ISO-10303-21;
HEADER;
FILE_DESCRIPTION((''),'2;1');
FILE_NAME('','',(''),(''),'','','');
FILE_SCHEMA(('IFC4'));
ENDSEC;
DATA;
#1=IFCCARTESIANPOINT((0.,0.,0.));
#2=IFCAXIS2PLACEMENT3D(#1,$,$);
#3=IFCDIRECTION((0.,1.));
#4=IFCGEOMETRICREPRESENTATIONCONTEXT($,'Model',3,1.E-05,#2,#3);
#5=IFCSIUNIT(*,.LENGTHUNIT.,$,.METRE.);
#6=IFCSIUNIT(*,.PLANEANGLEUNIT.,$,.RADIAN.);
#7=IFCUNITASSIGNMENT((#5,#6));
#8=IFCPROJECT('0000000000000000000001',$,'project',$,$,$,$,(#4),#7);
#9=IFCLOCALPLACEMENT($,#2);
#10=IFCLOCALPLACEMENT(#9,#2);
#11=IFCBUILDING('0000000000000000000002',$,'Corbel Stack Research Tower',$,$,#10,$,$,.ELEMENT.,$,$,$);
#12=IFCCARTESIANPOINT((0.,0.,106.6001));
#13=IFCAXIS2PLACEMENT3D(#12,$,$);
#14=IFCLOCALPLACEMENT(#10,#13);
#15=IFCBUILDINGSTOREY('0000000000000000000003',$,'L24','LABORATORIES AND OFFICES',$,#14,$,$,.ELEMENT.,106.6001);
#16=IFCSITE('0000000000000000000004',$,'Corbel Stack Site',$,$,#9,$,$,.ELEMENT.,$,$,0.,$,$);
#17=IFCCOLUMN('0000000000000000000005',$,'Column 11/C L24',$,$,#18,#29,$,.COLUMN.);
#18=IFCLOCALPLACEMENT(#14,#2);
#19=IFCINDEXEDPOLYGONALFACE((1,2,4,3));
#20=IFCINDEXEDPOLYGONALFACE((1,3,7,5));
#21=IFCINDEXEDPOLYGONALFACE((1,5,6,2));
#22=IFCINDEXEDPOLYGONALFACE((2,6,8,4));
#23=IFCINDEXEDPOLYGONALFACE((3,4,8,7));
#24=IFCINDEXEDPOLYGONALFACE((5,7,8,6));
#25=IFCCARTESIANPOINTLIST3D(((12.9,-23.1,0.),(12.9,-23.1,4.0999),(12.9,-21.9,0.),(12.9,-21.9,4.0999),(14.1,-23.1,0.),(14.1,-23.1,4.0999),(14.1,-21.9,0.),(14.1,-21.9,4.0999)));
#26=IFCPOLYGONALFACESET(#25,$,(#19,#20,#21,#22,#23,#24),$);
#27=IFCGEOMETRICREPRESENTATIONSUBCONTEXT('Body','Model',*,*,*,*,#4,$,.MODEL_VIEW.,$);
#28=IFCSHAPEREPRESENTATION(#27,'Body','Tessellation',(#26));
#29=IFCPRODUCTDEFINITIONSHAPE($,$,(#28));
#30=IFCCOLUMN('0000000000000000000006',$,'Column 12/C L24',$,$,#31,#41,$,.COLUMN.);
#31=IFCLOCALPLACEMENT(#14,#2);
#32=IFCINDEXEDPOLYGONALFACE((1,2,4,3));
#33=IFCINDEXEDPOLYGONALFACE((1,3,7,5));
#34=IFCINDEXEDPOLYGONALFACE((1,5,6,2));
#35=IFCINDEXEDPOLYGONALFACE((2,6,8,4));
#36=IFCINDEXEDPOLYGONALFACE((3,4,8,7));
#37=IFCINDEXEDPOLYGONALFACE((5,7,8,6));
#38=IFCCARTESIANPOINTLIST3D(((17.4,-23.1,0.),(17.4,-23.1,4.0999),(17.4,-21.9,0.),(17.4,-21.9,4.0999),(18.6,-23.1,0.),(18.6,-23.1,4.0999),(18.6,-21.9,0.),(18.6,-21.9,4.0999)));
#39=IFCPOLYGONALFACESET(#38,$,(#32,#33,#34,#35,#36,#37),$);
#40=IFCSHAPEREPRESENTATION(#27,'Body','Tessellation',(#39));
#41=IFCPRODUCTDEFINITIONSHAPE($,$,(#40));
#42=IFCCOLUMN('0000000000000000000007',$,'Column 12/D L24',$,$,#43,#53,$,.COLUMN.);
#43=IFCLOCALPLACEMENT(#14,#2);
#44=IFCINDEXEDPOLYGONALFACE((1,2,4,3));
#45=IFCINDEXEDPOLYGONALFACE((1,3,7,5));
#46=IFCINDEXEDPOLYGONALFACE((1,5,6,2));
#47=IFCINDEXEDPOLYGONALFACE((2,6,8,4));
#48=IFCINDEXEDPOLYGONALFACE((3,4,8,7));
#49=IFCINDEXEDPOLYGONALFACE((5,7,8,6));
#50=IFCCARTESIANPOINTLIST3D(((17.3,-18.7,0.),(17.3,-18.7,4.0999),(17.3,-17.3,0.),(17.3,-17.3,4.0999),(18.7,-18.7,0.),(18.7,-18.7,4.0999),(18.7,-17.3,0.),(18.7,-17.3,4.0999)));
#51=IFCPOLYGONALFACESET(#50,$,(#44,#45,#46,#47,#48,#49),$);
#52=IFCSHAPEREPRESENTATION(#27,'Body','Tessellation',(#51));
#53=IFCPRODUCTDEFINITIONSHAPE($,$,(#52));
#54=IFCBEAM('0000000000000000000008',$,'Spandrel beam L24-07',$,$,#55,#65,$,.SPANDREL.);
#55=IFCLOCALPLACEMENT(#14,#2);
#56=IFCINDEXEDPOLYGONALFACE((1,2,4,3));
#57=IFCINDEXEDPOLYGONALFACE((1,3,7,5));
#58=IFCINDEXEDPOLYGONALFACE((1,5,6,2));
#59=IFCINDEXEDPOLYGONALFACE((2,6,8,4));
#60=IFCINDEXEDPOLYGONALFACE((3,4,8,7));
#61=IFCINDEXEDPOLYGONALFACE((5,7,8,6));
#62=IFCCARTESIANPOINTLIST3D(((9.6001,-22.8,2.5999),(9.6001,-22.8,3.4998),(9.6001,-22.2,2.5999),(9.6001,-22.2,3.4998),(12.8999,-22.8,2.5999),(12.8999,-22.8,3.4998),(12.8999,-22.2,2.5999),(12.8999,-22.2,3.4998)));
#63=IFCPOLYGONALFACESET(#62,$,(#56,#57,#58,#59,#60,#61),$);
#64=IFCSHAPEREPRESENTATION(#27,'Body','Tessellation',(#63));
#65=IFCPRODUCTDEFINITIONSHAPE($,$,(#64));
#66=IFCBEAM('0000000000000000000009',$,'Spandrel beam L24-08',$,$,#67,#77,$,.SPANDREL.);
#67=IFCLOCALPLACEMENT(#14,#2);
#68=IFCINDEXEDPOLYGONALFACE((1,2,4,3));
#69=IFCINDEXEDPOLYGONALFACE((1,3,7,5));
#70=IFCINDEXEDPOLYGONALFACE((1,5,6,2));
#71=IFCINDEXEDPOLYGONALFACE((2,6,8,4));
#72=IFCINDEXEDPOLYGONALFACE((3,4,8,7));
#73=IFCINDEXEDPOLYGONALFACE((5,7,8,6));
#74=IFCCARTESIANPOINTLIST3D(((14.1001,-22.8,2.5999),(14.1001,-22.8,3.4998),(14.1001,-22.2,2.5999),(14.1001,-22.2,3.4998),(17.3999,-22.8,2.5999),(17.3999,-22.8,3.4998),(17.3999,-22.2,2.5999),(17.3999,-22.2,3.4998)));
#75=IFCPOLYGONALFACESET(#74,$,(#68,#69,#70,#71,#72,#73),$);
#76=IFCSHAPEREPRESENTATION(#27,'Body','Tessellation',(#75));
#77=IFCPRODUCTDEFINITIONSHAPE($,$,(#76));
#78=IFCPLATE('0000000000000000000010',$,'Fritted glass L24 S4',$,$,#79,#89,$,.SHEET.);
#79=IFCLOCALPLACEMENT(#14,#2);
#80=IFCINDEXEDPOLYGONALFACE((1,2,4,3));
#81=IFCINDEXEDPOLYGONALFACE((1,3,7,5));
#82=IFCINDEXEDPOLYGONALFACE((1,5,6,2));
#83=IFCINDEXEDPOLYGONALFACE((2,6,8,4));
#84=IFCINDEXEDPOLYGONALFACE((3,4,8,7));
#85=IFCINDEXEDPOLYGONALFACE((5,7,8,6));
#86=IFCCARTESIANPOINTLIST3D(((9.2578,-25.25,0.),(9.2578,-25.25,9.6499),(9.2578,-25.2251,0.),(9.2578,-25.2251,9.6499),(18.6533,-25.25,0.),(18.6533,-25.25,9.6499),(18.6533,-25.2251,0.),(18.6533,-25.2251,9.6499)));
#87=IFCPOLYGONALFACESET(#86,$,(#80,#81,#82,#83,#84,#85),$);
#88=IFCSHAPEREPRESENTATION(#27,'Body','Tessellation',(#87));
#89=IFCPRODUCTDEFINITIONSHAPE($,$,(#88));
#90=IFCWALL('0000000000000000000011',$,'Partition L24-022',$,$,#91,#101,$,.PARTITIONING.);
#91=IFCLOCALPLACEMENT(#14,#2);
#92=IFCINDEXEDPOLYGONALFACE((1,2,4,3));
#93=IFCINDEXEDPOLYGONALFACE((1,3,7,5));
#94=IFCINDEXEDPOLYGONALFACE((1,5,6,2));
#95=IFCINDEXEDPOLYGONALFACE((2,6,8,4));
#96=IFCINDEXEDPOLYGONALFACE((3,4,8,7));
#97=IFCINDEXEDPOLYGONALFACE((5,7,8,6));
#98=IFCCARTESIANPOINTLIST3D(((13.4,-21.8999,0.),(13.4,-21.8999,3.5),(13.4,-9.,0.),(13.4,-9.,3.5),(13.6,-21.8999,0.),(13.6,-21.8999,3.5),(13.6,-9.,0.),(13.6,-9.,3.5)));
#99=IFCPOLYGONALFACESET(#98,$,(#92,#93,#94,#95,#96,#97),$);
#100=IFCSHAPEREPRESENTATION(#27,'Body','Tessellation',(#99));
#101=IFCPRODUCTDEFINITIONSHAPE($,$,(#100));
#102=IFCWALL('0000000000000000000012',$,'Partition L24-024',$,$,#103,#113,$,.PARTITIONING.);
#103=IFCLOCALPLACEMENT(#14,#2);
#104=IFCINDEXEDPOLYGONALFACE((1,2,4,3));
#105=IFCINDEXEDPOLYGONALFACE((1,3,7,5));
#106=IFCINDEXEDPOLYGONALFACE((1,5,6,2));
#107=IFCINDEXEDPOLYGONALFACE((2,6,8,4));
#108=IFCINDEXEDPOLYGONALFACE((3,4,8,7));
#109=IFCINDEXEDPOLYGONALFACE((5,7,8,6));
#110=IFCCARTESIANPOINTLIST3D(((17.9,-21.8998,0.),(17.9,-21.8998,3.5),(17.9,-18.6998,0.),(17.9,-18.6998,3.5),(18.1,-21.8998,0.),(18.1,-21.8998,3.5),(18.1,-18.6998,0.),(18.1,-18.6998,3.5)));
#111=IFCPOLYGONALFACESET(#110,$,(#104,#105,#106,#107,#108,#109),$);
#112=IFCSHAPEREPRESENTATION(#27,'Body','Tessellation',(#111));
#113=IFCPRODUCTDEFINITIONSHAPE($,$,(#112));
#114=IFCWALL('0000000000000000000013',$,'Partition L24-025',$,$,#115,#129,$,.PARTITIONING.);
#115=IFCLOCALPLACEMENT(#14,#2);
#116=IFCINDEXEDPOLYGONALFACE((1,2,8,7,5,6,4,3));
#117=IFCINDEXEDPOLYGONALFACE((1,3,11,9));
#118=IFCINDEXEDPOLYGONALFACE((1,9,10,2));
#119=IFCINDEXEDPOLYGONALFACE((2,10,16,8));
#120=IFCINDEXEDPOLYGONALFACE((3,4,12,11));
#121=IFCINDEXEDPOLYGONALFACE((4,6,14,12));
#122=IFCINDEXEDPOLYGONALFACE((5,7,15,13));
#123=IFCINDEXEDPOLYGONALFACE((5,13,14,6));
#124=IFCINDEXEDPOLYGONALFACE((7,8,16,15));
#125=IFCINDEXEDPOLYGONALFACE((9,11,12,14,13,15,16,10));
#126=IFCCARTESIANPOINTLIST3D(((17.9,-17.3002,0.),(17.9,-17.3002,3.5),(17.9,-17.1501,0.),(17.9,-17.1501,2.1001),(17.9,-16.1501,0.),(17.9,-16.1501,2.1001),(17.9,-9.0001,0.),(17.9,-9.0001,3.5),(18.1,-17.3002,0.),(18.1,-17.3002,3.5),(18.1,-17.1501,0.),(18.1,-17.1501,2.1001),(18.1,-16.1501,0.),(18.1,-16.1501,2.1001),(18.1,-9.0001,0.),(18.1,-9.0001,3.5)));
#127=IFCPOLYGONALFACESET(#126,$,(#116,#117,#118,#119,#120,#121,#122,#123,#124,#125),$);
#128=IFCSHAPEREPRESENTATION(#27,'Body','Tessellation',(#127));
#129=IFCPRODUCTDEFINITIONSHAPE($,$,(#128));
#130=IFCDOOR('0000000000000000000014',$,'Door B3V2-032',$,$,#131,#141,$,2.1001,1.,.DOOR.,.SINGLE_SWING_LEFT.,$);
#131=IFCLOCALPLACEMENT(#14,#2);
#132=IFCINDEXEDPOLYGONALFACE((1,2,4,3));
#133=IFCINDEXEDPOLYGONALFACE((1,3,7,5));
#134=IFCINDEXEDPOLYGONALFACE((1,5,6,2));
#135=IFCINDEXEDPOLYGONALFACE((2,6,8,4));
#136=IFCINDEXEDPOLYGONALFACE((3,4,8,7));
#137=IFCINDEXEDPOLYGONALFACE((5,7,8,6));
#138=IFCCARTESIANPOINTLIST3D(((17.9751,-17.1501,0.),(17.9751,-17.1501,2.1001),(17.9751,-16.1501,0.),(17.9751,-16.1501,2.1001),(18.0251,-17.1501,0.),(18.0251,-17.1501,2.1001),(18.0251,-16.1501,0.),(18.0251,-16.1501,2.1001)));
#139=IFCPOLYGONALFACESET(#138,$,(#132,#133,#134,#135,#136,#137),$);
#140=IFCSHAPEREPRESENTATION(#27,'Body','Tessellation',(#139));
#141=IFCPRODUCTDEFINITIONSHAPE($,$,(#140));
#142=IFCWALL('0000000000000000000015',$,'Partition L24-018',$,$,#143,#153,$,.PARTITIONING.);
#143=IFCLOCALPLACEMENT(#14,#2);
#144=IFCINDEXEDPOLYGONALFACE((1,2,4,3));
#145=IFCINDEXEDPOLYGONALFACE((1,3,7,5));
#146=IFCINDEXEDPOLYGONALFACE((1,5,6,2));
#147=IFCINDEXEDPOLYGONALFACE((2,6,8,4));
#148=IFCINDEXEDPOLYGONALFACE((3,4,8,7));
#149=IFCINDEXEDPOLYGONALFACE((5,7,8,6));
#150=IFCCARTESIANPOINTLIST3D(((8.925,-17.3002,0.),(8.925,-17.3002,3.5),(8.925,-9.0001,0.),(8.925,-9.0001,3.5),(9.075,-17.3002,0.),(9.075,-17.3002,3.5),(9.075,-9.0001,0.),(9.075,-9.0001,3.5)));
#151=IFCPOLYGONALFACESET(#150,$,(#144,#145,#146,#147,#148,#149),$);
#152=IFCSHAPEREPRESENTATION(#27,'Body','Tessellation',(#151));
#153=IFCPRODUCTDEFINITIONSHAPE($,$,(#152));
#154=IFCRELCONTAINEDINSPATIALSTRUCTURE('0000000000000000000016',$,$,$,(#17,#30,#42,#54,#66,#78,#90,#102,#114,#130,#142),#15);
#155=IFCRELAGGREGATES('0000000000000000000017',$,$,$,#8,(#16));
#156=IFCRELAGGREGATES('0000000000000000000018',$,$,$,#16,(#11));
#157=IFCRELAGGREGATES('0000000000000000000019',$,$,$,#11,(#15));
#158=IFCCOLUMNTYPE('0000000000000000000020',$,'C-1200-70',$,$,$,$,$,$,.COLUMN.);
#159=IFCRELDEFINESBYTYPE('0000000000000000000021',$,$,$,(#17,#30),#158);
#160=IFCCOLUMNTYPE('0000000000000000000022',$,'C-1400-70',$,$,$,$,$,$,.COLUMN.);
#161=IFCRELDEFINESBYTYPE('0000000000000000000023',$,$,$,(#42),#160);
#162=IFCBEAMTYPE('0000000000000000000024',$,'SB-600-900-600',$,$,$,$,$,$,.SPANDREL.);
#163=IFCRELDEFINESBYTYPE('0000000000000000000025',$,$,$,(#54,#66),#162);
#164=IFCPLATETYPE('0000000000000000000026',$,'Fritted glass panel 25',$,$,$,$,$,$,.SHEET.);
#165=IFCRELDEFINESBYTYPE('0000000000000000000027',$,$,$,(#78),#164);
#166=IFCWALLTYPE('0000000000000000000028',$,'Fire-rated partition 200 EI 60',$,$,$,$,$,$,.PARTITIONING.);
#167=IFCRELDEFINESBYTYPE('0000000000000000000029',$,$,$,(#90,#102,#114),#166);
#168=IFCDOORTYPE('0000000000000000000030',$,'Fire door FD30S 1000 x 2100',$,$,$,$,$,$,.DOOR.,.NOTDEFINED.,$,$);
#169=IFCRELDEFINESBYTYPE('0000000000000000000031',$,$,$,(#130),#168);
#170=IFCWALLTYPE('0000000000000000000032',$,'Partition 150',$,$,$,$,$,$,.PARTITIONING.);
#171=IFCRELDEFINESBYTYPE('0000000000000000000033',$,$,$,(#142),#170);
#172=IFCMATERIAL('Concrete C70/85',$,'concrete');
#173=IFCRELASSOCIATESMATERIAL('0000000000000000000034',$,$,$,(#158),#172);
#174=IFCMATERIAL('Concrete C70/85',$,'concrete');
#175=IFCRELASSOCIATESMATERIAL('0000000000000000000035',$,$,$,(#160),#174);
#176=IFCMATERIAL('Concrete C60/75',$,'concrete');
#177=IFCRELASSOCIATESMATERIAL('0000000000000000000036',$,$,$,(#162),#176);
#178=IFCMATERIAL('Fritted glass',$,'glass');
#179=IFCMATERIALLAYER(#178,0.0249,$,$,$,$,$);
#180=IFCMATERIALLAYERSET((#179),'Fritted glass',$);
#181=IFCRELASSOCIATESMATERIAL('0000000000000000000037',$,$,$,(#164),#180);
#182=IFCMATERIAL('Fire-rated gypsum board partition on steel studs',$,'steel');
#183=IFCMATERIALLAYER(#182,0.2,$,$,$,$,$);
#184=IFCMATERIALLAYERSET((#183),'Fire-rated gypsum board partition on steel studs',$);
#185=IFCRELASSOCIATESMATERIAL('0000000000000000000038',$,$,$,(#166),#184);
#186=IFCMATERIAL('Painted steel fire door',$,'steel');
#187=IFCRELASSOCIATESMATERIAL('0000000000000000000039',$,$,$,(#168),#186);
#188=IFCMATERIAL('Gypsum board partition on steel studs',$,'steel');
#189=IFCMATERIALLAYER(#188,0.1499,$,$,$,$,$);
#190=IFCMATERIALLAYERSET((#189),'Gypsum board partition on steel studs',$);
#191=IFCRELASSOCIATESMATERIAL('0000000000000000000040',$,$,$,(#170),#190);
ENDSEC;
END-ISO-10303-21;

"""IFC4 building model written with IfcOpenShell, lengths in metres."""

from ifc_helpers import new_model, si_unit, direction, frame, frame_2d, origin, origin_2d, place, context, subcontext, project, spatial, rectangle, extrude, material, layer, layer_set, material_profile, profile_set, type_object, element, fill, save


model = new_model("IFC4")

# Units and contexts
model_context = context("Model", 3, precision=1e-05, world=origin(), true_north=direction((0.0, 1.0)))
body_context = subcontext(model_context, "Body", "Model", "MODEL_VIEW")
ifc_project = project(units=[si_unit("LENGTHUNIT", "METRE"), si_unit("PLANEANGLEUNIT", "RADIAN")], contexts=[model_context])

# Site, building, storey
site_placement = place(None, origin())
site = spatial("IfcSite", under=ifc_project, at=site_placement, Name="Corbel Stack Site", CompositionType="ELEMENT", RefElevation=0.0)
building_placement = place(site_placement, origin())
building = spatial("IfcBuilding", under=site, at=building_placement, Name="Corbel Stack Research Tower", CompositionType="ELEMENT")
storey_placement = place(building_placement, frame((0.0, 0.0, 106.6001)))
storey = spatial("IfcBuildingStorey", under=building, at=storey_placement, Name="L24", Description="LABORATORIES AND OFFICES", CompositionType="ELEMENT", Elevation=106.6001)

# Columns
ifc_material_1 = material(Name="Concrete C70/85", Category="concrete")
ifc_material_profile_1 = material_profile(ifc_material_1, rectangle(XDim=1.2, YDim=1.2, at=origin_2d()), Name="RC 1200 x 1200")
ifc_profile_set_1 = profile_set([ifc_material_profile_1], Name="Concrete C70/85")
column_type_1 = type_object("IfcColumnType", Name="C-1200-70", PredefinedType="COLUMN", material=ifc_profile_set_1)
for number, where, z_axis, x_axis, name in (
    (1, (13.5, -22.5, 0.0), (0.0, 0.0, 1.0), (1.0, 0.0, 0.0), "Column 11/C L24"),
    (2, (18.0, -22.5, 0.0), (0.0, 0.0, 1.0), (1.0, 0.0, 0.0), "Column 12/C L24"),
):
    element("IfcColumn", number, at=place(storey_placement, frame(where, z_axis=z_axis, x_axis=x_axis)), inside=storey, type_object=column_type_1, Name=name, PredefinedType="COLUMN", context=body_context, shape_type="SweptSolid", body=[
        extrude(rectangle(XDim=1.2, YDim=1.2, at=origin_2d()), origin(), (0.0, 0.0, 1.0), 4.0999),
    ])
ifc_material_2 = material(Name="Concrete C70/85", Category="concrete")
ifc_material_profile_2 = material_profile(ifc_material_2, rectangle(XDim=1.3999, YDim=1.3999, at=origin_2d()), Name="RC 1400 x 1400")
ifc_profile_set_2 = profile_set([ifc_material_profile_2], Name="Concrete C70/85")
column_type_2 = type_object("IfcColumnType", Name="C-1400-70", PredefinedType="COLUMN", material=ifc_profile_set_2)
column_placement = place(storey_placement, frame((18.0, -18.0, 0.0), z_axis=(0.0, 0.0, 1.0), x_axis=(1.0, 0.0, 0.0)))
element("IfcColumn", 3, at=column_placement, inside=storey, type_object=column_type_2, Name="Column 12/D L24", PredefinedType="COLUMN", context=body_context, shape_type="SweptSolid", body=[
    extrude(rectangle(XDim=1.3999, YDim=1.3999, at=origin_2d()), origin(), (0.0, 0.0, 1.0), 4.0999),
])

# Beams
ifc_material_3 = material(Name="Concrete C60/75", Category="concrete")
ifc_material_profile_3 = material_profile(ifc_material_3, rectangle(XDim=0.6001, YDim=0.8999, at=origin_2d()), Name="RC 600 x 900")
ifc_profile_set_3 = profile_set([ifc_material_profile_3], Name="Concrete C60/75")
beam_type = type_object("IfcBeamType", Name="SB-600-900-600", PredefinedType="SPANDREL", material=ifc_profile_set_3)
for number, where, z_axis, x_axis, name in (
    (4, (9.6001, -22.5, 3.0498), (1.0, 0.0, 0.0), (0.0, 1.0, 0.0), "Spandrel beam L24-07"),
    (5, (14.1001, -22.5, 3.0498), (1.0, 0.0, 0.0), (0.0, 1.0, 0.0), "Spandrel beam L24-08"),
):
    element("IfcBeam", number, at=place(storey_placement, frame(where, z_axis=z_axis, x_axis=x_axis)), inside=storey, type_object=beam_type, Name=name, PredefinedType="SPANDREL", context=body_context, shape_type="SweptSolid", body=[
        extrude(rectangle(XDim=0.6001, YDim=0.8999, at=origin_2d()), origin(), (0.0, 0.0, 1.0), 3.2998),
    ])

# Plate
ifc_material_4 = material(Name="Fritted glass", Category="glass")
ifc_layer_1 = layer(ifc_material_4, 0.0249)
ifc_layer_set_1 = layer_set([ifc_layer_1], Name="Fritted glass")
plate_type = type_object("IfcPlateType", Name="Fritted glass panel 25", PredefinedType="SHEET", material=ifc_layer_set_1)
plate_placement = place(storey_placement, frame((13.9556, -25.2375, 0.0), z_axis=(0.0, 0.0, 1.0), x_axis=(1.0, 0.0, 0.0)))
element("IfcPlate", 6, at=plate_placement, inside=storey, type_object=plate_type, Name="Fritted glass L24 S4", PredefinedType="SHEET", context=body_context, shape_type="SweptSolid", body=[
    extrude(rectangle(XDim=9.3955, YDim=0.0249, at=origin_2d()), origin(), (0.0, 0.0, 1.0), 9.6499),
])

# Walls
ifc_material_5 = material(Name="Fire-rated gypsum board partition on steel studs", Category="steel")
ifc_layer_2 = layer(ifc_material_5, 0.2)
ifc_layer_set_2 = layer_set([ifc_layer_2], Name="Fire-rated gypsum board partition on steel studs")
wall_type_1 = type_object("IfcWallType", Name="Fire-rated partition 200 EI 60", PredefinedType="PARTITIONING", material=ifc_layer_set_2)
wall_1_placement = place(storey_placement, frame((13.5, -21.8999, 0.0), z_axis=(0.0, 0.0, 1.0), x_axis=(0.0, 1.0, 0.0)))
element("IfcWall", 7, at=wall_1_placement, inside=storey, type_object=wall_type_1, Name="Partition L24-022", PredefinedType="PARTITIONING", context=body_context, shape_type="SweptSolid", body=[
    extrude(rectangle(XDim=12.8999, YDim=0.2, at=frame_2d((6.45, 0.0))), origin(), (0.0, 0.0, 1.0), 3.5),
])
wall_2_placement = place(storey_placement, frame((18.0, -21.8999, 0.0), z_axis=(0.0, 0.0, 1.0), x_axis=(0.0, 1.0, 0.0)))
element("IfcWall", 8, at=wall_2_placement, inside=storey, type_object=wall_type_1, Name="Partition L24-024", PredefinedType="PARTITIONING", context=body_context, shape_type="SweptSolid", body=[
    extrude(rectangle(XDim=3.2, YDim=0.2, at=frame_2d((1.6001, 0.0))), origin(), (0.0, 0.0, 1.0), 3.5),
])

# Wall, opening, door
wall_3_placement = place(storey_placement, frame((18.0, -17.3, 0.0), z_axis=(0.0, 0.0, 1.0), x_axis=(0.0, 1.0, 0.0)))
wall_3 = element("IfcWall", 9, at=wall_3_placement, inside=storey, type_object=wall_type_1, Name="Partition L24-025", PredefinedType="PARTITIONING", context=body_context, shape_type="SweptSolid", body=[
    extrude(rectangle(XDim=8.3, YDim=0.2, at=frame_2d((4.1499, 0.0))), origin(), (0.0, 0.0, 1.0), 3.5),
])
opening_1_placement = place(wall_3_placement, frame((0.1499, 0.0, 0.0)))
opening_1 = element("IfcOpeningElement", 10, at=opening_1_placement, cuts=wall_3, PredefinedType="OPENING", context=body_context, shape_type="SweptSolid", body=[
    extrude(rectangle(XDim=1.0, YDim=2.1001, at=frame_2d((0.5, 1.05))), frame((0.0, 0.1099, 0.0), z_axis=(0.0, -1.0, 0.0), x_axis=(1.0, 0.0, 0.0)), (0.0, 0.0, 1.0), 0.22),
])
ifc_material_6 = material(Name="Painted steel fire door", Category="steel")
door_type = type_object("IfcDoorType", Name="Fire door FD30S 1000 x 2100", OperationType="NOTDEFINED", PredefinedType="DOOR", material=ifc_material_6)
door_placement = place(opening_1_placement, origin())
door = element("IfcDoor", 11, at=door_placement, inside=storey, type_object=door_type, Name="Door B3V2-032", OperationType="SINGLE_SWING_LEFT", OverallHeight=2.1001, OverallWidth=1.0, PredefinedType="DOOR", context=body_context, shape_type="SweptSolid", body=[
    extrude(rectangle(XDim=1.0, YDim=2.1001, at=frame_2d((0.5, 1.05))), frame((0.0, 0.0249, 0.0), z_axis=(0.0, -1.0, 0.0), x_axis=(1.0, 0.0, 0.0)), (0.0, 0.0, 1.0), 0.05),
])
fill(opening_1, door)

# Wall
ifc_material_7 = material(Name="Gypsum board partition on steel studs", Category="steel")
ifc_layer_3 = layer(ifc_material_7, 0.1499)
ifc_layer_set_3 = layer_set([ifc_layer_3], Name="Gypsum board partition on steel studs")
wall_type_2 = type_object("IfcWallType", Name="Partition 150", PredefinedType="PARTITIONING", material=ifc_layer_set_3)
wall_4_placement = place(storey_placement, frame((9.0, -17.3, 0.0), z_axis=(0.0, 0.0, 1.0), x_axis=(0.0, 1.0, 0.0)))
element("IfcWall", 12, at=wall_4_placement, inside=storey, type_object=wall_type_2, Name="Partition L24-018", PredefinedType="PARTITIONING", context=body_context, shape_type="SweptSolid", body=[
    extrude(rectangle(XDim=8.3, YDim=0.1499, at=frame_2d((4.1499, 0.0))), origin(), (0.0, 0.0, 1.0), 3.5),
])

save(model, "model.ifc")
